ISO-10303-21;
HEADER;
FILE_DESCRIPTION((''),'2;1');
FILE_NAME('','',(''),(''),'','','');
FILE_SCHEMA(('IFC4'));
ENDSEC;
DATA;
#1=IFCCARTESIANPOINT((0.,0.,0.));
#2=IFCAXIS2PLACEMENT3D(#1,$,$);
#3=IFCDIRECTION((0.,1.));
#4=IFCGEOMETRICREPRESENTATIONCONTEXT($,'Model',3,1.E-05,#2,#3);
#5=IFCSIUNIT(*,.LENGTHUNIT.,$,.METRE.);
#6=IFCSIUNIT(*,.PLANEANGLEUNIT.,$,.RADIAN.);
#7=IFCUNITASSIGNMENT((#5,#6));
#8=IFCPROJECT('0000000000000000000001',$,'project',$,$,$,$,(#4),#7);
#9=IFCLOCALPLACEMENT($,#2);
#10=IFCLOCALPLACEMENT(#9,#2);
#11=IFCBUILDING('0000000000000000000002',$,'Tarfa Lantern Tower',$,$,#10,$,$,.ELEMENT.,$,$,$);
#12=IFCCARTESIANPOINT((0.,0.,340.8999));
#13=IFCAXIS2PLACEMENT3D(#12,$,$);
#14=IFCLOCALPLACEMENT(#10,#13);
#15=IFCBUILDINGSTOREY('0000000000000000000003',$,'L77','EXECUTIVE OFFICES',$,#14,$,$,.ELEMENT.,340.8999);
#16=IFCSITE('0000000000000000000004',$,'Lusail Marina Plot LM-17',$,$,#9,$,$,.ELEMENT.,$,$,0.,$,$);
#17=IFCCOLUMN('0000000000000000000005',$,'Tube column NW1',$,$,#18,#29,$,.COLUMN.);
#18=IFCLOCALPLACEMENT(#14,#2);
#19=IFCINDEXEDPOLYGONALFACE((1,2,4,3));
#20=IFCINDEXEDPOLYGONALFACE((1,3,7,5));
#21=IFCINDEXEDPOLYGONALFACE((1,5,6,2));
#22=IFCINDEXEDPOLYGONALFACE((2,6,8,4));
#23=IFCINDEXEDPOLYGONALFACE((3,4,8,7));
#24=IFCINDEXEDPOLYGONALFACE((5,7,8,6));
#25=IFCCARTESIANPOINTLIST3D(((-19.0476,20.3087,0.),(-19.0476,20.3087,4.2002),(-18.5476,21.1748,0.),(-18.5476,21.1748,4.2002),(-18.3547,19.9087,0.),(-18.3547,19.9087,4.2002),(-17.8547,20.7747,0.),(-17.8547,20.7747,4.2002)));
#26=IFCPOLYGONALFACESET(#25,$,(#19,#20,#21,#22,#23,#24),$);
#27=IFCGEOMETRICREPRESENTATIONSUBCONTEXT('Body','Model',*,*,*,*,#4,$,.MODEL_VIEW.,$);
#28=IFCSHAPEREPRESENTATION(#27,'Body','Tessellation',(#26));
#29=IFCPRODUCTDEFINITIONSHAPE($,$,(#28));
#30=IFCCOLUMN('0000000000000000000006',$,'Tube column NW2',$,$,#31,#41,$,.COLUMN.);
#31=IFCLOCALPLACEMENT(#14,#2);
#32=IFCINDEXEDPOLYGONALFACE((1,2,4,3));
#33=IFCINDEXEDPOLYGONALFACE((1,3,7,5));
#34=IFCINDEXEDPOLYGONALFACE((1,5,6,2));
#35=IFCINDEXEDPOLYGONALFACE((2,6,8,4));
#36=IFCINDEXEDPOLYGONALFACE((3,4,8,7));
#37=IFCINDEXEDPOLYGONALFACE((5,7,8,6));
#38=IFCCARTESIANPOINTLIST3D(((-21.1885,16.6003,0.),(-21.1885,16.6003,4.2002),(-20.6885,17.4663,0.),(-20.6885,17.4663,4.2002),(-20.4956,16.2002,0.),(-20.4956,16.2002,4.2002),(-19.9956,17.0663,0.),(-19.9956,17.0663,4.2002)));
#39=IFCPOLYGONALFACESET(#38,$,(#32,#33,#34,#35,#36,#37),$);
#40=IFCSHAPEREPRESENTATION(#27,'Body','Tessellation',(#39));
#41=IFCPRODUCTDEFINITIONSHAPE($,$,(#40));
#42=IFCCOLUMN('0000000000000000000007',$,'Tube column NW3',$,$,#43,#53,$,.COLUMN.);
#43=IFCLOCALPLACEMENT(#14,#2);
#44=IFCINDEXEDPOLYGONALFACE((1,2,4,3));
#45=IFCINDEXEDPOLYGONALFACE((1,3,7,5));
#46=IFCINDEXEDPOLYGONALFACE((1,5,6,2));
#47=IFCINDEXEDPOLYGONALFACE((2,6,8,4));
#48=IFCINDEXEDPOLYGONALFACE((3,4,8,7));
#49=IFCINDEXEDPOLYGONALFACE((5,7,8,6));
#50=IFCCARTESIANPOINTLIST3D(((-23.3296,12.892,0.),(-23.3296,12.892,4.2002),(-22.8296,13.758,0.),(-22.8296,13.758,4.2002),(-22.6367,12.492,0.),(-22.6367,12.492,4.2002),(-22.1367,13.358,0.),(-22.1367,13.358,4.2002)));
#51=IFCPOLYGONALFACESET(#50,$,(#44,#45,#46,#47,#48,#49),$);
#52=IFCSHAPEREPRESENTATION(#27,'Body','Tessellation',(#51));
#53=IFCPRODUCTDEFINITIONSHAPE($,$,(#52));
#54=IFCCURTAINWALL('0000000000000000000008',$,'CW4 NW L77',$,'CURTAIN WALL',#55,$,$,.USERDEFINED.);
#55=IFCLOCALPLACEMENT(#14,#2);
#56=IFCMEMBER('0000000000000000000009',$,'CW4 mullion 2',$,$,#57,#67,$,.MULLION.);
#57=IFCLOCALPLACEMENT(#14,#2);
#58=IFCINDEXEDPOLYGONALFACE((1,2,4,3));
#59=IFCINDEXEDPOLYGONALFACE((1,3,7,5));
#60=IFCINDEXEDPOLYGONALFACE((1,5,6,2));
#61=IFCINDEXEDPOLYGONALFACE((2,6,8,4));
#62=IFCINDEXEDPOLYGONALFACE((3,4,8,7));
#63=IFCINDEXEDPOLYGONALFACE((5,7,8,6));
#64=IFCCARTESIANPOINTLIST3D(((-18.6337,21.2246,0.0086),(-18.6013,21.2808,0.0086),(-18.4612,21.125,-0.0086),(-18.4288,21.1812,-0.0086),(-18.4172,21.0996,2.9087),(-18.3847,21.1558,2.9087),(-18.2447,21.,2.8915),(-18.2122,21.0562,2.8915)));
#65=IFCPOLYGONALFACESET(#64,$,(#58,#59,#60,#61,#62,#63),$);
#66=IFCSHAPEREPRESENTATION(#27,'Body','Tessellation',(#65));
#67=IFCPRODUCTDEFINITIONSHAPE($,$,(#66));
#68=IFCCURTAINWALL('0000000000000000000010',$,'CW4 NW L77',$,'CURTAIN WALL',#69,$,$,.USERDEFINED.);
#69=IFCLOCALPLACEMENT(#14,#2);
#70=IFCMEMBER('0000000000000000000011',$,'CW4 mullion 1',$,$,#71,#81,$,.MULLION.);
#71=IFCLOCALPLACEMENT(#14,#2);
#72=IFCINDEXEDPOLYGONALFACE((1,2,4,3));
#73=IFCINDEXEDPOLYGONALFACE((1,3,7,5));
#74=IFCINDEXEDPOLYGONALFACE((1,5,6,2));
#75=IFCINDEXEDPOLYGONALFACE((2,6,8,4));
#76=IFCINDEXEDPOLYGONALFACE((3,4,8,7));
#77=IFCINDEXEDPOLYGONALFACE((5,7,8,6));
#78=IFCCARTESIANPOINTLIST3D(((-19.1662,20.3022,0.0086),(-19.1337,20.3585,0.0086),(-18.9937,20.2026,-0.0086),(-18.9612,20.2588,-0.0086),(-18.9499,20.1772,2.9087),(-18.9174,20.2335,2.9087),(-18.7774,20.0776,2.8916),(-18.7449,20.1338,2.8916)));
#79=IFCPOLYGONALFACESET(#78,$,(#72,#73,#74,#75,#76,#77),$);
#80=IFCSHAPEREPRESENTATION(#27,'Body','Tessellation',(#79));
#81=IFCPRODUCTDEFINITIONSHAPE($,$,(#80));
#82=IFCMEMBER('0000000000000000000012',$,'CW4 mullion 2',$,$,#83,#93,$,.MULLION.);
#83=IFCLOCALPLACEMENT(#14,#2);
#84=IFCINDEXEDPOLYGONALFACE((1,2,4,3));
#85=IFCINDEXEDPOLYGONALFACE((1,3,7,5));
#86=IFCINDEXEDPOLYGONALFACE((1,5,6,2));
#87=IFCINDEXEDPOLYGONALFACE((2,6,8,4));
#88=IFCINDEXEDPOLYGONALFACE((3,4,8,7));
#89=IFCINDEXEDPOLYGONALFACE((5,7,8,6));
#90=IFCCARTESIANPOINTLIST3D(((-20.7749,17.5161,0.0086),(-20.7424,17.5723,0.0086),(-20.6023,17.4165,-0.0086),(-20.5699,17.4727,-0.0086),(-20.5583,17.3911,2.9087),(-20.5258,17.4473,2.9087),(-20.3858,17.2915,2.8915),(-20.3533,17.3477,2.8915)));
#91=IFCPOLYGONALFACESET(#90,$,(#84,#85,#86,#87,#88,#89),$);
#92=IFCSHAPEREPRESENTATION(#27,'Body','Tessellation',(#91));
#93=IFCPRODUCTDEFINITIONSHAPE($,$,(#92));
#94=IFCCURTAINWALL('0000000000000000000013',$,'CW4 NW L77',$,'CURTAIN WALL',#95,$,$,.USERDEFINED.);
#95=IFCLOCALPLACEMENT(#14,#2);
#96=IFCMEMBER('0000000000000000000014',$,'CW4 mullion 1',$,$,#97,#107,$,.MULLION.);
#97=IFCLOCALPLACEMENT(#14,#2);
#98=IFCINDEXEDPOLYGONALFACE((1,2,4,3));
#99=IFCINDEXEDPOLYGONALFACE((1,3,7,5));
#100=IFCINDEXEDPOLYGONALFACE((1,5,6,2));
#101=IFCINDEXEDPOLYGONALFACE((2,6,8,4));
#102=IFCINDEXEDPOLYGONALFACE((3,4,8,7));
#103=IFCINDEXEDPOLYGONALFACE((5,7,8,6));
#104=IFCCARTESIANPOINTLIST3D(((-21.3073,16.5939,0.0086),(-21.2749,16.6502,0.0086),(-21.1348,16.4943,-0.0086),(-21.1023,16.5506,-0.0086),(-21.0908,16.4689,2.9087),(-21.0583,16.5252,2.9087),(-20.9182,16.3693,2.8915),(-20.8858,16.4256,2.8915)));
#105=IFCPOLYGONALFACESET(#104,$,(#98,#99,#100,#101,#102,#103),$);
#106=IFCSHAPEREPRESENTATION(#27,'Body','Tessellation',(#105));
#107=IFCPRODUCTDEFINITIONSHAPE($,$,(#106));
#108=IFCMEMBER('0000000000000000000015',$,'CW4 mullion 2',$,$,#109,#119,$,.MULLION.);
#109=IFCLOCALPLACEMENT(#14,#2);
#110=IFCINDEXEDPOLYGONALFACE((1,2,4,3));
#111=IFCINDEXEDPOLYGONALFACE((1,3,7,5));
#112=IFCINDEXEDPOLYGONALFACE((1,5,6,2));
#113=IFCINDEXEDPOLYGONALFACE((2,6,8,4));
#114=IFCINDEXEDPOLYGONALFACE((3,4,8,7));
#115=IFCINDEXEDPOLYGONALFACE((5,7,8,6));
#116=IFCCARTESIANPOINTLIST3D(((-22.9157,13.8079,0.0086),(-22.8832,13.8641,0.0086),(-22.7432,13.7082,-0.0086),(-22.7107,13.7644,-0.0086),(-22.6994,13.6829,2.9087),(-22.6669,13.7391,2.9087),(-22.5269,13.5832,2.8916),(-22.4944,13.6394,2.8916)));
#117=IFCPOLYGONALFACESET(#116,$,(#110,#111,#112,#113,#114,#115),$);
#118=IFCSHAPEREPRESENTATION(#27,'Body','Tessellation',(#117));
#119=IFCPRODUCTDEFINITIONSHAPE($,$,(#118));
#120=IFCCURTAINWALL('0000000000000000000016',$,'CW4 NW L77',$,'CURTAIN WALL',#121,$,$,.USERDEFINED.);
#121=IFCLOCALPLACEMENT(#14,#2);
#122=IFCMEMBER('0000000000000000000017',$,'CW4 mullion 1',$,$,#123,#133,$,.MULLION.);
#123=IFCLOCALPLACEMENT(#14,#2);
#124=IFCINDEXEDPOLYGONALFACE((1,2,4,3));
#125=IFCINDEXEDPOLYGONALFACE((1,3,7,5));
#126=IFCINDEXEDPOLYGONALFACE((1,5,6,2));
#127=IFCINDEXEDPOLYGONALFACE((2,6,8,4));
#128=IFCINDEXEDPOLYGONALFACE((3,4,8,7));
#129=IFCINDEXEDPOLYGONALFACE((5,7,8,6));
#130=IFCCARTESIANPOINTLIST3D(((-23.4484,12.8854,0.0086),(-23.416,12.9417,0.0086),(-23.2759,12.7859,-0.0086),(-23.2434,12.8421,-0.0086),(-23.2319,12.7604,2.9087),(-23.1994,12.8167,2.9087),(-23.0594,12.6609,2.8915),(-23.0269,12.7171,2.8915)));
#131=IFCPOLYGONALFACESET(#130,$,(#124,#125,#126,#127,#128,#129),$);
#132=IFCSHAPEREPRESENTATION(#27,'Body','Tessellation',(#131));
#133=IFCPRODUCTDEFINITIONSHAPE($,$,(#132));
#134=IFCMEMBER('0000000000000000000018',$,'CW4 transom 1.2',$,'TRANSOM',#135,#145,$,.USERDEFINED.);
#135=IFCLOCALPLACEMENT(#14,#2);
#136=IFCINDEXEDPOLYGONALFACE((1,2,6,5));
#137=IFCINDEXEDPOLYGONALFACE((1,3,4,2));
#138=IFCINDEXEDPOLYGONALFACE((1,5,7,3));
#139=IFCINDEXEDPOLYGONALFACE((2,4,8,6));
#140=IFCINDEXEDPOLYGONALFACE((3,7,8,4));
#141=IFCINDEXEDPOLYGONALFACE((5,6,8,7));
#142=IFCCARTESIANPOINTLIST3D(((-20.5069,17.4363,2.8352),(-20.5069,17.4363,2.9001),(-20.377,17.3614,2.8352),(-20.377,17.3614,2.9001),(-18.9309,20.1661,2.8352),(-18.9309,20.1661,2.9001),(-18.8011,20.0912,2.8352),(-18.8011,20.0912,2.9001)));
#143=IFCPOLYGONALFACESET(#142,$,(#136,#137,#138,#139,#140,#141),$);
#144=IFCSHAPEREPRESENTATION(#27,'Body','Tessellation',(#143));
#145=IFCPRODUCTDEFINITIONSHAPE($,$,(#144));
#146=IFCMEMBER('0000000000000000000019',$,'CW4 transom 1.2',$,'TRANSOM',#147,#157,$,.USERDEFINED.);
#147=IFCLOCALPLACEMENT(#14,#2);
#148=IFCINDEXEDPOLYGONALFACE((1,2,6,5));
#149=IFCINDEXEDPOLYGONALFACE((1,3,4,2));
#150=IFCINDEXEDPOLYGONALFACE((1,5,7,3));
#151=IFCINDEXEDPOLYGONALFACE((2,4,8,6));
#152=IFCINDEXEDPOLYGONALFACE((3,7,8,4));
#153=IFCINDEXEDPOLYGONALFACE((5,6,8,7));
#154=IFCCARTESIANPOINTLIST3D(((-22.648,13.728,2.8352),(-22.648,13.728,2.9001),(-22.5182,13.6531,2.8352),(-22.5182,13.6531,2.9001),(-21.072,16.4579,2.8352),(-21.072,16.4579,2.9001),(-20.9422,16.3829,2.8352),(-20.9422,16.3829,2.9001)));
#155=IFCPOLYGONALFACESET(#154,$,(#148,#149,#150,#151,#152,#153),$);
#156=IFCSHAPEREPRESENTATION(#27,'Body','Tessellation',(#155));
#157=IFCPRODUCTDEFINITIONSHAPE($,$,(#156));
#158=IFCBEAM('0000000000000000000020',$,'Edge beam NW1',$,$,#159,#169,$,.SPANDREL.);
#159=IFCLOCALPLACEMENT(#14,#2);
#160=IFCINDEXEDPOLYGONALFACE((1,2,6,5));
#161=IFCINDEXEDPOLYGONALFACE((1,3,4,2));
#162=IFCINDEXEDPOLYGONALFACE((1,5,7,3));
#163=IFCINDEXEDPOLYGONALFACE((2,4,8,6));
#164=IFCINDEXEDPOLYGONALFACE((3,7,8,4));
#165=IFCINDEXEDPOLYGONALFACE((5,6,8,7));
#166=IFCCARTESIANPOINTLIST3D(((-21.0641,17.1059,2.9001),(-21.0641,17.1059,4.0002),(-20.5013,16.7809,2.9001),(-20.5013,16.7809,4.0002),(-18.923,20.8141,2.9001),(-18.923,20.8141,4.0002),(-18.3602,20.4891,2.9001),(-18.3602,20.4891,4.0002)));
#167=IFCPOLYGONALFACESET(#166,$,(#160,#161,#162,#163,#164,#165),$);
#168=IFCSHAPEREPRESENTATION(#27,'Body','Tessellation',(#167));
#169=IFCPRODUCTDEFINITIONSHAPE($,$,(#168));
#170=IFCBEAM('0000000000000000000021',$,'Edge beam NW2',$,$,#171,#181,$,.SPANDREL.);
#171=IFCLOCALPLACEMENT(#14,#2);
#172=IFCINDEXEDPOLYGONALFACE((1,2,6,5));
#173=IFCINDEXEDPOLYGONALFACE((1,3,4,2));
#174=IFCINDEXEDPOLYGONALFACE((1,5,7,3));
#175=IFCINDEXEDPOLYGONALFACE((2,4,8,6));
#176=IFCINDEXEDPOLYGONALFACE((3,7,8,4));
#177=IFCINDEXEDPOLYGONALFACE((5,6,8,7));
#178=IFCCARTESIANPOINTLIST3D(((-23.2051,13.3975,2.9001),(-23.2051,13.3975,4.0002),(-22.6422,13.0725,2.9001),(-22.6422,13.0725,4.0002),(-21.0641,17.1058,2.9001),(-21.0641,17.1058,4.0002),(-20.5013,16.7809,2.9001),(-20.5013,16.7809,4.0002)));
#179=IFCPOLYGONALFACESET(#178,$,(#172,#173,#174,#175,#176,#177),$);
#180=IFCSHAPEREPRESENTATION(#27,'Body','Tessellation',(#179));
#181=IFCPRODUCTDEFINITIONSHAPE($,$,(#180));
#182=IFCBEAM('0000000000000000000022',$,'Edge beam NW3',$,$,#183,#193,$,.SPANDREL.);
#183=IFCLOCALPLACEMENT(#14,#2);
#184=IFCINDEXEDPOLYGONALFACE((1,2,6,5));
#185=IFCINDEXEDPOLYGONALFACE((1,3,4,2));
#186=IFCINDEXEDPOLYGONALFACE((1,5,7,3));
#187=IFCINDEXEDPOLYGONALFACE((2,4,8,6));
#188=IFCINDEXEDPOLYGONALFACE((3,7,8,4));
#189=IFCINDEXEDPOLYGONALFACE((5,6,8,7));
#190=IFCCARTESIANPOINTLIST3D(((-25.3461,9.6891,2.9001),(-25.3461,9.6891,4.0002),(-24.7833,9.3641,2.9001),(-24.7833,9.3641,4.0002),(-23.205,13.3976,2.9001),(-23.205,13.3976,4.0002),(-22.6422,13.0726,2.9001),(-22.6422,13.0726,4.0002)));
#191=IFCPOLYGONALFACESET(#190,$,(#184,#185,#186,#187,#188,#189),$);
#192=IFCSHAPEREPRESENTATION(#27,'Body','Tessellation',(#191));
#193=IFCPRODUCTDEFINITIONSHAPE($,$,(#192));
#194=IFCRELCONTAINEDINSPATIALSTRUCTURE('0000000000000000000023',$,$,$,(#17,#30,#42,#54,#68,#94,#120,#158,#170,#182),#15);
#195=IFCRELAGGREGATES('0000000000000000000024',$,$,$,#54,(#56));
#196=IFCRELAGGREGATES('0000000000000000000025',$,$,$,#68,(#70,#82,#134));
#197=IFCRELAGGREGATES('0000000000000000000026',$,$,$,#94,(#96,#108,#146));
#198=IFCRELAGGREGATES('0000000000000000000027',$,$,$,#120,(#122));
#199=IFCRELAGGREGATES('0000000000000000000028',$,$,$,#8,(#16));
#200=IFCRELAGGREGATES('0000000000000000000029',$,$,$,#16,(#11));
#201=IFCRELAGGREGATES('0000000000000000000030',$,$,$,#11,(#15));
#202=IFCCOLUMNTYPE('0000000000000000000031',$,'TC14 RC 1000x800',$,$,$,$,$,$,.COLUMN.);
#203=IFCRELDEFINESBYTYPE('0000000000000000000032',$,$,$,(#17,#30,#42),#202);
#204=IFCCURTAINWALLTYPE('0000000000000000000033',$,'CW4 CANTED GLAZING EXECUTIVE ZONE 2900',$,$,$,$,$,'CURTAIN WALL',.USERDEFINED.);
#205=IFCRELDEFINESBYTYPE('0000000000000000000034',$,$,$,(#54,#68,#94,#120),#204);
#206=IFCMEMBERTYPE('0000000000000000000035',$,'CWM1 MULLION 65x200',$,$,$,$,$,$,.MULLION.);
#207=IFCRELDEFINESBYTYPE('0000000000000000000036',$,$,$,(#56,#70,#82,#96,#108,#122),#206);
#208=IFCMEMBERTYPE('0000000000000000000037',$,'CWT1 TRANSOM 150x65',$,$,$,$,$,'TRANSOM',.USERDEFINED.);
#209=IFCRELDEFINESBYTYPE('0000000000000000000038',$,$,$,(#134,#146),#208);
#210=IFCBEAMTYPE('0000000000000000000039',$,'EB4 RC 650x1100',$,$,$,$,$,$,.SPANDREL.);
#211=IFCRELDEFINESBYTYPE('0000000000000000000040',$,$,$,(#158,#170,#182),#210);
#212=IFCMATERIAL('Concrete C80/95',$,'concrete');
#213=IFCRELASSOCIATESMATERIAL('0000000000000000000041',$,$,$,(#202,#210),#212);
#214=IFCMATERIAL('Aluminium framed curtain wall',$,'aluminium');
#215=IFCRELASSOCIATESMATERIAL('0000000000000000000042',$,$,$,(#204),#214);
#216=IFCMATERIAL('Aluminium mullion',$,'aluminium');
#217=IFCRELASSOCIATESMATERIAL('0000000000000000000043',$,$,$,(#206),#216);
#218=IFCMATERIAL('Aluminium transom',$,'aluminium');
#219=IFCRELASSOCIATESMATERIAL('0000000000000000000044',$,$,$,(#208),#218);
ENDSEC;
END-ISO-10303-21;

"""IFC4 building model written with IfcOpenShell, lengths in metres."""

from ifc_helpers import new_model, si_unit, direction, frame, origin, origin_2d, place, context, subcontext, project, spatial, rectangle, extrude, material, material_profile, profile_set, type_object, element, aggregate, save


model = new_model("IFC4")

# Units and contexts
model_context = context("Model", 3, precision=1e-05, world=origin(), true_north=direction((0.0, 1.0)))
body_context = subcontext(model_context, "Body", "Model", "MODEL_VIEW")
ifc_project = project(units=[si_unit("LENGTHUNIT", "METRE"), si_unit("PLANEANGLEUNIT", "RADIAN")], contexts=[model_context])

# Site, building, storey
site_placement = place(None, origin())
site = spatial("IfcSite", under=ifc_project, at=site_placement, Name="Lusail Marina Plot LM-17", CompositionType="ELEMENT", RefElevation=0.0)
building_placement = place(site_placement, origin())
building = spatial("IfcBuilding", under=site, at=building_placement, Name="Tarfa Lantern Tower", CompositionType="ELEMENT")
storey_placement = place(building_placement, frame((0.0, 0.0, 340.8999)))
storey = spatial("IfcBuildingStorey", under=building, at=storey_placement, Name="L77", Description="EXECUTIVE OFFICES", CompositionType="ELEMENT", Elevation=340.8999)

# Columns
ifc_material_1 = material(Name="Concrete C80/95", Category="concrete")
ifc_material_profile_1 = material_profile(ifc_material_1, rectangle(XDim=1.0, YDim=0.8, at=origin_2d()), Name="RC 1000x800")
ifc_profile_set_1 = profile_set([ifc_material_profile_1], Name="Concrete C80/95")
column_type = type_object("IfcColumnType", Name="TC14 RC 1000x800", PredefinedType="COLUMN", material=ifc_profile_set_1)
for number, where, z_axis, x_axis, name in (
    (1, (-18.4512, 20.5417, 0.0), (0.0, 0.0, 1.0), (-0.5, -0.866025, 0.0), "Tube column NW1"),
    (2, (-20.592, 16.8333, 0.0), (0.0, 0.0, 1.0), (-0.5, -0.866025, 0.0), "Tube column NW2"),
    (3, (-22.7332, 13.125, 0.0), (0.0, 0.0, 1.0), (-0.5, -0.866025, 0.0), "Tube column NW3"),
):
    element("IfcColumn", number, at=place(storey_placement, frame(where, z_axis=z_axis, x_axis=x_axis)), inside=storey, type_object=column_type, Name=name, PredefinedType="COLUMN", context=body_context, shape_type="SweptSolid", body=[
        extrude(rectangle(XDim=1.0, YDim=0.8, at=origin_2d()), origin(), (0.0, 0.0, 1.0), 4.2002),
    ])

# Curtain wall, member
ifc_material_2 = material(Name="Aluminium framed curtain wall", Category="aluminium")
curtain_wall_type = type_object("IfcCurtainWallType", Name="CW4 CANTED GLAZING EXECUTIVE ZONE 2900", ElementType="CURTAIN WALL", PredefinedType="USERDEFINED", material=ifc_material_2)
curtain_wall_1_placement = place(storey_placement, origin())
curtain_wall_1 = element("IfcCurtainWall", 4, at=curtain_wall_1_placement, inside=storey, type_object=curtain_wall_type, Name="CW4 NW L77", ObjectType="CURTAIN WALL", PredefinedType="USERDEFINED")
ifc_material_3 = material(Name="Aluminium mullion", Category="aluminium")
ifc_material_profile_2 = material_profile(ifc_material_3, rectangle(XDim=0.0649, YDim=0.2, at=origin_2d()), Name="AL MULLION 65x200")
ifc_profile_set_2 = profile_set([ifc_material_profile_2], Name="Aluminium mullion")
member_type_1 = type_object("IfcMemberType", Name="CWM1 MULLION 65x200", PredefinedType="MULLION", material=ifc_profile_set_2)
member_1_placement = place(storey_placement, frame((-18.5312, 21.2029, 0.0), z_axis=(0.074394, -0.042942, 0.996304), x_axis=(0.49992, 0.866072, 0.0)))
member_1 = element("IfcMember", 5, at=member_1_placement, type_object=member_type_1, Name="CW4 mullion 2", PredefinedType="MULLION", context=body_context, shape_type="SweptSolid", body=[
    extrude(rectangle(XDim=0.0649, YDim=0.2, at=origin_2d()), origin(), (0.0, 0.0, 1.0), 2.9109),
])
aggregate(curtain_wall_1, [member_1])

# Curtain walls, members
curtain_wall_2_placement = place(storey_placement, origin())
curtain_wall_2 = element("IfcCurtainWall", 6, at=curtain_wall_2_placement, inside=storey, type_object=curtain_wall_type, Name="CW4 NW L77", ObjectType="CURTAIN WALL", PredefinedType="USERDEFINED")
member_2_placement = place(storey_placement, frame((-19.0637, 20.2805, 0.0), z_axis=(0.07431, -0.042942, 0.99631), x_axis=(0.500343, 0.865827, 0.0)))
member_2 = element("IfcMember", 7, at=member_2_placement, type_object=member_type_1, Name="CW4 mullion 1", PredefinedType="MULLION", context=body_context, shape_type="SweptSolid", body=[
    extrude(rectangle(XDim=0.0649, YDim=0.2, at=origin_2d()), origin(), (0.0, 0.0, 1.0), 2.9109),
])
member_3_placement = place(storey_placement, frame((-20.6724, 17.4944, 0.0), z_axis=(0.074394, -0.042942, 0.996304), x_axis=(0.49992, 0.866072, 0.0)))
member_3 = element("IfcMember", 8, at=member_3_placement, type_object=member_type_1, Name="CW4 mullion 2", PredefinedType="MULLION", context=body_context, shape_type="SweptSolid", body=[
    extrude(rectangle(XDim=0.0649, YDim=0.2, at=origin_2d()), origin(), (0.0, 0.0, 1.0), 2.9109),
])
curtain_wall_3_placement = place(storey_placement, origin())
curtain_wall_3 = element("IfcCurtainWall", 9, at=curtain_wall_3_placement, inside=storey, type_object=curtain_wall_type, Name="CW4 NW L77", ObjectType="CURTAIN WALL", PredefinedType="USERDEFINED")
member_4_placement = place(storey_placement, frame((-21.2048, 16.5723, 0.0), z_axis=(0.074394, -0.042942, 0.996304), x_axis=(0.49992, 0.866072, 0.0)))
member_4 = element("IfcMember", 10, at=member_4_placement, type_object=member_type_1, Name="CW4 mullion 1", PredefinedType="MULLION", context=body_context, shape_type="SweptSolid", body=[
    extrude(rectangle(XDim=0.0649, YDim=0.2, at=origin_2d()), origin(), (0.0, 0.0, 1.0), 2.9109),
])
member_5_placement = place(storey_placement, frame((-22.8132, 13.7861, 0.0), z_axis=(0.07431, -0.042942, 0.99631), x_axis=(0.500343, 0.865827, 0.0)))
member_5 = element("IfcMember", 11, at=member_5_placement, type_object=member_type_1, Name="CW4 mullion 2", PredefinedType="MULLION", context=body_context, shape_type="SweptSolid", body=[
    extrude(rectangle(XDim=0.0649, YDim=0.2, at=origin_2d()), origin(), (0.0, 0.0, 1.0), 2.9109),
])

# Curtain wall, member
curtain_wall_4_placement = place(storey_placement, origin())
curtain_wall_4 = element("IfcCurtainWall", 12, at=curtain_wall_4_placement, inside=storey, type_object=curtain_wall_type, Name="CW4 NW L77", ObjectType="CURTAIN WALL", PredefinedType="USERDEFINED")
member_6_placement = place(storey_placement, frame((-23.3459, 12.8638, 0.0), z_axis=(0.074394, -0.042942, 0.996304), x_axis=(0.49992, 0.866072, 0.0)))
member_6 = element("IfcMember", 13, at=member_6_placement, type_object=member_type_1, Name="CW4 mullion 1", PredefinedType="MULLION", context=body_context, shape_type="SweptSolid", body=[
    extrude(rectangle(XDim=0.0649, YDim=0.2, at=origin_2d()), origin(), (0.0, 0.0, 1.0), 2.9109),
])

# Members
ifc_material_4 = material(Name="Aluminium transom", Category="aluminium")
ifc_material_profile_3 = material_profile(ifc_material_4, rectangle(XDim=0.1499, YDim=0.0649, at=origin_2d()), Name="AL TRANSOM 150x65")
ifc_profile_set_3 = profile_set([ifc_material_profile_3], Name="Aluminium transom")
member_type_2 = type_object("IfcMemberType", Name="CWT1 TRANSOM 150x65", ElementType="TRANSOM", PredefinedType="USERDEFINED", material=ifc_profile_set_3)
member_7_placement = place(storey_placement, frame((-18.866, 20.1287, 2.8677), z_axis=(-0.499979, -0.866037, 0.0), x_axis=(0.866037, -0.499979, 0.0)))
member_7 = element("IfcMember", 14, at=member_7_placement, type_object=member_type_2, Name="CW4 transom 1.2", ObjectType="TRANSOM", PredefinedType="USERDEFINED", context=body_context, shape_type="SweptSolid", body=[
    extrude(rectangle(XDim=0.1499, YDim=0.0649, at=origin_2d()), origin(), (0.0, 0.0, 1.0), 3.1521),
])
member_8_placement = place(storey_placement, frame((-21.0071, 16.4204, 2.8677), z_axis=(-0.499979, -0.866037, 0.0), x_axis=(0.866037, -0.499979, 0.0)))
member_8 = element("IfcMember", 15, at=member_8_placement, type_object=member_type_2, Name="CW4 transom 1.2", ObjectType="TRANSOM", PredefinedType="USERDEFINED", context=body_context, shape_type="SweptSolid", body=[
    extrude(rectangle(XDim=0.1499, YDim=0.0649, at=origin_2d()), origin(), (0.0, 0.0, 1.0), 3.1521),
])

# Beams
ifc_material_profile_4 = material_profile(ifc_material_1, rectangle(XDim=0.6499, YDim=1.1001, at=origin_2d()), Name="RC 650x1100")
ifc_profile_set_4 = profile_set([ifc_material_profile_4], Name="Concrete C80/95")
beam_type_1 = type_object("IfcBeamType", Name="EB4 RC 650x1100", PredefinedType="SPANDREL", material=ifc_profile_set_4)
for number, where, z_axis, x_axis, name in (
    (16, (-18.6416, 20.6516, 3.4502), (-0.500027, -0.86601, 0.0), (0.86601, -0.500027, 0.0), "Edge beam NW1"),
    (17, (-20.7827, 16.9434, 3.4502), (-0.499984, -0.866035, 0.0), (0.866035, -0.499984, 0.0), "Edge beam NW2"),
):
    element("IfcBeam", number, at=place(storey_placement, frame(where, z_axis=z_axis, x_axis=x_axis)), inside=storey, type_object=beam_type_1, Name=name, PredefinedType="SPANDREL", context=body_context, shape_type="SweptSolid", body=[
        extrude(rectangle(XDim=0.6499, YDim=1.1001, at=origin_2d()), origin(), (0.0, 0.0, 1.0), 4.282),
    ])
beam_1_placement = place(storey_placement, frame((-22.9236, 13.2351, 3.4502), z_axis=(-0.500002, -0.866024, 0.0), x_axis=(0.866024, -0.500002, 0.0)))
element("IfcBeam", 18, at=beam_1_placement, inside=storey, type_object=beam_type_1, Name="Edge beam NW3", PredefinedType="SPANDREL", context=body_context, shape_type="SweptSolid", body=[
    extrude(rectangle(XDim=0.6499, YDim=1.1001, at=origin_2d()), origin(), (0.0, 0.0, 1.0), 4.2822),
])

aggregate(curtain_wall_2, [member_2, member_3, member_7])
aggregate(curtain_wall_3, [member_4, member_5, member_8])
aggregate(curtain_wall_4, [member_6])

save(model, "model.ifc")
